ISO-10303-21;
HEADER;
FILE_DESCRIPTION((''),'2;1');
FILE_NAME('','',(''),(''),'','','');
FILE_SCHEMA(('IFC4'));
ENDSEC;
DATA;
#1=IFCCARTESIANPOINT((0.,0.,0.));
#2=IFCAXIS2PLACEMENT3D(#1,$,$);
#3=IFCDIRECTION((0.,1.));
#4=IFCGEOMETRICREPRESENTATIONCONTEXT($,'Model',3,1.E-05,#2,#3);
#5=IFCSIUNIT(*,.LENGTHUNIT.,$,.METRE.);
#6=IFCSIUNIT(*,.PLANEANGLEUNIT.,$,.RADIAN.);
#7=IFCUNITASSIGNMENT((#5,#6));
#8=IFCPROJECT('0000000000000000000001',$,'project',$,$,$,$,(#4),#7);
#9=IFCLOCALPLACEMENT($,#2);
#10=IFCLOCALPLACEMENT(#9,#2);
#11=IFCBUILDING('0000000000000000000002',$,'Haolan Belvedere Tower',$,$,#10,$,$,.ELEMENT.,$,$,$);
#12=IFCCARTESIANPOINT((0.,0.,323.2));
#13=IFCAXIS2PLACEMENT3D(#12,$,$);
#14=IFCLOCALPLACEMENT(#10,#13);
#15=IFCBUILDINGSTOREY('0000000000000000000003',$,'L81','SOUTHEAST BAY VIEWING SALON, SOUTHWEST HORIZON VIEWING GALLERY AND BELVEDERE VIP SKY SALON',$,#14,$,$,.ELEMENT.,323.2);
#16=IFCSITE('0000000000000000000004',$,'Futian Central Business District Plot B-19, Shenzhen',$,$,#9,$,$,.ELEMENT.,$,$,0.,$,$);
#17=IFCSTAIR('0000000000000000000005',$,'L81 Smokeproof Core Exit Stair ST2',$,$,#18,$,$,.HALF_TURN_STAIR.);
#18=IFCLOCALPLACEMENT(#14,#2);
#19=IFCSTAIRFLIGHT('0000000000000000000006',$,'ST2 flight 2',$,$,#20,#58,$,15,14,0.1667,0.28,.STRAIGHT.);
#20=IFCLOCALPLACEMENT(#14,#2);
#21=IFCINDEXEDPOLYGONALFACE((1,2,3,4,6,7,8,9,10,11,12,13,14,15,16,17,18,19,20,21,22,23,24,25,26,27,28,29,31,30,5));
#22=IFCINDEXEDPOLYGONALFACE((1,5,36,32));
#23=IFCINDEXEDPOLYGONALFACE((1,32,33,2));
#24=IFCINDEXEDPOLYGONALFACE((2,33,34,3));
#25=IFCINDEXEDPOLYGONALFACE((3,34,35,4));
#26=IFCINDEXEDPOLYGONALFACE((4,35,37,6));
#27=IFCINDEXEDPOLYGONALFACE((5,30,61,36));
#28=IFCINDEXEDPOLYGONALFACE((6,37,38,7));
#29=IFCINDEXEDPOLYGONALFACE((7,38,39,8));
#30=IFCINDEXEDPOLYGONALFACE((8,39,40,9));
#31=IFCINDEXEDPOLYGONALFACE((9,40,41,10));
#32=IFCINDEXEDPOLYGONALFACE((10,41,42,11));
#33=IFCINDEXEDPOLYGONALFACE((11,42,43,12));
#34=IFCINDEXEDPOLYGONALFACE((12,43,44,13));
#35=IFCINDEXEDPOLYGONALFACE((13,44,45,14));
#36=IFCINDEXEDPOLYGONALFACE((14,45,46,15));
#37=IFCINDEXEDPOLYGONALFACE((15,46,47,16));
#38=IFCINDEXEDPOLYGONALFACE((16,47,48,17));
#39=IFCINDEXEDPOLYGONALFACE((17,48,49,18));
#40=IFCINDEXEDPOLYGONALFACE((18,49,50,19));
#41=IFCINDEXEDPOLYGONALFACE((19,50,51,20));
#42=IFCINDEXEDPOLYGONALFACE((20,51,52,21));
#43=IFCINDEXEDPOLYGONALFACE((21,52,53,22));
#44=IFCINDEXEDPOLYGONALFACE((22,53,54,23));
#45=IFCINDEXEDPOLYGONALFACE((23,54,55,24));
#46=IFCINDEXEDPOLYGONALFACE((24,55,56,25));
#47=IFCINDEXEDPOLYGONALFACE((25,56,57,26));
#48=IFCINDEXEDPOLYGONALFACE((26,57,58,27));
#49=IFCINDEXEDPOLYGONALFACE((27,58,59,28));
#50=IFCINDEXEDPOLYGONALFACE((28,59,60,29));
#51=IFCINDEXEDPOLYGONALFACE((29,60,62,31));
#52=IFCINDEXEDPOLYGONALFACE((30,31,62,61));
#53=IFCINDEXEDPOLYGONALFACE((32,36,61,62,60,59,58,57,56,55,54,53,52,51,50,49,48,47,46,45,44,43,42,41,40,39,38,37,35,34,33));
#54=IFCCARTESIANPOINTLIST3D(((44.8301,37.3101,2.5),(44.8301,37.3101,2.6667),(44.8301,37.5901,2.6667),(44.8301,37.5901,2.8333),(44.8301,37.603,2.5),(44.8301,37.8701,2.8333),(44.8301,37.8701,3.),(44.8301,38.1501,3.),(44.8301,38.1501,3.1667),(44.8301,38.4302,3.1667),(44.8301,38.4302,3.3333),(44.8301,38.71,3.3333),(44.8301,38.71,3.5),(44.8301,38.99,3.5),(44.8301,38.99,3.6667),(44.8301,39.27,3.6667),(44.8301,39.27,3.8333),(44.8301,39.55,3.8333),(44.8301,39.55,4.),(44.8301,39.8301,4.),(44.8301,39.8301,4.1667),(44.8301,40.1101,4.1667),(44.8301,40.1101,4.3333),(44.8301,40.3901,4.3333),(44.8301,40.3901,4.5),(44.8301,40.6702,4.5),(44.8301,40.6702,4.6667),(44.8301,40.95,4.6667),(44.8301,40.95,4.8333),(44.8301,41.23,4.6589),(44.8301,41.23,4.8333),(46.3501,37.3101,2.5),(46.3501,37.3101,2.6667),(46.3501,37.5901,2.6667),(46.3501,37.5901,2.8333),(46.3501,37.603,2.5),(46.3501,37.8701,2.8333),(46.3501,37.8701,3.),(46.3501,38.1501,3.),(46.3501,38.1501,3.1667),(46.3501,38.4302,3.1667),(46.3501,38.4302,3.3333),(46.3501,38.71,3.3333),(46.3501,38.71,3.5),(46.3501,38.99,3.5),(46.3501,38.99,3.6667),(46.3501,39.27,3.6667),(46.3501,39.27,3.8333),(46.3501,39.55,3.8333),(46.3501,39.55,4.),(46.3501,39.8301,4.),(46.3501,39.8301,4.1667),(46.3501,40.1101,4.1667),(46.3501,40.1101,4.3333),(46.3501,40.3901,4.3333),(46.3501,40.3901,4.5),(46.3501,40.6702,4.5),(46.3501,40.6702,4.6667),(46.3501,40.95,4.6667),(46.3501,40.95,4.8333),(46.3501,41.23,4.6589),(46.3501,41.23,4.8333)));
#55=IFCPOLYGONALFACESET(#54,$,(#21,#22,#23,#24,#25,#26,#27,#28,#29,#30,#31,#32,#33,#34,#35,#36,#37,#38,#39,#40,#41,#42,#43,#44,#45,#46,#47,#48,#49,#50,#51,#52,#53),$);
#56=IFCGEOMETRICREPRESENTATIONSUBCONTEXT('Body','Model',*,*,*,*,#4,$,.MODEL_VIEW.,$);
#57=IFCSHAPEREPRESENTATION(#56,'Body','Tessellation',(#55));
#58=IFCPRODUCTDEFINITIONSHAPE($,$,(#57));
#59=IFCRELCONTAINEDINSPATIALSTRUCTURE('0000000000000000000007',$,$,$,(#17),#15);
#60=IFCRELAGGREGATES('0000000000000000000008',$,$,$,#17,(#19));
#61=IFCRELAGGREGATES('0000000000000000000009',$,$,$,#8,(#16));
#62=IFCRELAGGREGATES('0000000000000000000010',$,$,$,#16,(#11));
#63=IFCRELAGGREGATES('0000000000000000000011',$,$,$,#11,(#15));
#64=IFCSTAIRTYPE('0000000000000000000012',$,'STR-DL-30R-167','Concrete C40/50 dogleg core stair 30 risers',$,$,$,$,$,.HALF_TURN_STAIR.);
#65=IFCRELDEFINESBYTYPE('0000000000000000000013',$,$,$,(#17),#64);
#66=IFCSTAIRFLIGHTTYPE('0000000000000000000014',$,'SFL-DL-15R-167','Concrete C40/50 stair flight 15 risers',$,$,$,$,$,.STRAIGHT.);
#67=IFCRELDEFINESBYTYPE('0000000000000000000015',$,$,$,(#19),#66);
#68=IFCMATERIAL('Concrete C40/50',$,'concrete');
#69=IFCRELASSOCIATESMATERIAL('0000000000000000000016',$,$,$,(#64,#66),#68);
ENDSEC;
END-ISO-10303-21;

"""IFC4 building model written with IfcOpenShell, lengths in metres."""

from ifc_helpers import new_model, si_unit, direction, frame, origin, place, context, subcontext, project, spatial, polyline, outline, extrude, material, type_object, element, aggregate, save


model = new_model("IFC4")

# Units and contexts
model_context = context("Model", 3, precision=1e-05, world=origin(), true_north=direction((0.0, 1.0)))
body_context = subcontext(model_context, "Body", "Model", "MODEL_VIEW")
ifc_project = project(units=[si_unit("LENGTHUNIT", "METRE"), si_unit("PLANEANGLEUNIT", "RADIAN")], contexts=[model_context])

# Site, building, storey
site_placement = place(None, origin())
site = spatial("IfcSite", under=ifc_project, at=site_placement, Name="Futian Central Business District Plot B-19, Shenzhen", CompositionType="ELEMENT", RefElevation=0.0)
building_placement = place(site_placement, origin())
building = spatial("IfcBuilding", under=site, at=building_placement, Name="Haolan Belvedere Tower", CompositionType="ELEMENT")
storey_placement = place(building_placement, frame((0.0, 0.0, 323.2)))
storey = spatial("IfcBuildingStorey", under=building, at=storey_placement, Name="L81", Description="SOUTHEAST BAY VIEWING SALON, SOUTHWEST HORIZON VIEWING GALLERY AND BELVEDERE VIP SKY SALON", CompositionType="ELEMENT", Elevation=323.2)

# Stair, stair flight
ifc_material_1 = material(Name="Concrete C40/50", Category="concrete")
stair_type = type_object("IfcStairType", Name="STR-DL-30R-167", Description="Concrete C40/50 dogleg core stair 30 risers", PredefinedType="HALF_TURN_STAIR", material=ifc_material_1)
stair_flight_type = type_object("IfcStairFlightType", Name="SFL-DL-15R-167", Description="Concrete C40/50 stair flight 15 risers", PredefinedType="STRAIGHT", material=ifc_material_1)
stair_1_placement = place(storey_placement, origin())
stair_1 = element("IfcStair", 1, at=stair_1_placement, inside=storey, type_object=stair_type, Name="L81 Smokeproof Core Exit Stair ST2", PredefinedType="HALF_TURN_STAIR")
stair_flight_1_placement = place(storey_placement, frame((45.5901, 37.3101, 2.5), z_axis=(0.0, 0.0, 1.0), x_axis=(0.0, 1.0, 0.0)))
stair_flight_1 = element("IfcStairFlight", 2, at=stair_flight_1_placement, type_object=stair_flight_type, Name="ST2 flight 2", NumberOfRisers=15, NumberOfTreads=14, PredefinedType="STRAIGHT", RiserHeight=0.1667, TreadLength=0.28, context=body_context, shape_type="SweptSolid", body=[
    extrude(outline(polyline([(0.0, 0.0), (0.0, 0.1667), (0.28, 0.1667), (0.28, 0.3333), (0.5601, 0.3333), (0.5601, 0.5), (0.8401, 0.5), (0.8401, 0.6667), (1.1201, 0.6667), (1.1201, 0.8333), (1.3999, 0.8333), (1.3999, 1.0), (1.6799, 1.0), (1.6799, 1.1667), (1.96, 1.1667), (1.96, 1.3333), (2.24, 1.3333), (2.24, 1.5), (2.52, 1.5), (2.52, 1.6667), (2.8, 1.6667), (2.8, 1.8333), (3.0801, 1.8333), (3.0801, 2.0), (3.3601, 2.0), (3.3601, 2.1667), (3.6399, 2.1667), (3.6399, 2.3333), (3.9199, 2.3333), (3.9199, 2.5), (3.9199, 2.1589), (0.293, 0.0), (0.0, 0.0)])), frame((0.0, 0.76, 0.0), z_axis=(0.0, -1.0, 0.0), x_axis=(1.0, 0.0, 0.0)), (0.0, 0.0, 1.0), 1.52),
])
aggregate(stair_1, [stair_flight_1])

save(model, "model.ifc")
